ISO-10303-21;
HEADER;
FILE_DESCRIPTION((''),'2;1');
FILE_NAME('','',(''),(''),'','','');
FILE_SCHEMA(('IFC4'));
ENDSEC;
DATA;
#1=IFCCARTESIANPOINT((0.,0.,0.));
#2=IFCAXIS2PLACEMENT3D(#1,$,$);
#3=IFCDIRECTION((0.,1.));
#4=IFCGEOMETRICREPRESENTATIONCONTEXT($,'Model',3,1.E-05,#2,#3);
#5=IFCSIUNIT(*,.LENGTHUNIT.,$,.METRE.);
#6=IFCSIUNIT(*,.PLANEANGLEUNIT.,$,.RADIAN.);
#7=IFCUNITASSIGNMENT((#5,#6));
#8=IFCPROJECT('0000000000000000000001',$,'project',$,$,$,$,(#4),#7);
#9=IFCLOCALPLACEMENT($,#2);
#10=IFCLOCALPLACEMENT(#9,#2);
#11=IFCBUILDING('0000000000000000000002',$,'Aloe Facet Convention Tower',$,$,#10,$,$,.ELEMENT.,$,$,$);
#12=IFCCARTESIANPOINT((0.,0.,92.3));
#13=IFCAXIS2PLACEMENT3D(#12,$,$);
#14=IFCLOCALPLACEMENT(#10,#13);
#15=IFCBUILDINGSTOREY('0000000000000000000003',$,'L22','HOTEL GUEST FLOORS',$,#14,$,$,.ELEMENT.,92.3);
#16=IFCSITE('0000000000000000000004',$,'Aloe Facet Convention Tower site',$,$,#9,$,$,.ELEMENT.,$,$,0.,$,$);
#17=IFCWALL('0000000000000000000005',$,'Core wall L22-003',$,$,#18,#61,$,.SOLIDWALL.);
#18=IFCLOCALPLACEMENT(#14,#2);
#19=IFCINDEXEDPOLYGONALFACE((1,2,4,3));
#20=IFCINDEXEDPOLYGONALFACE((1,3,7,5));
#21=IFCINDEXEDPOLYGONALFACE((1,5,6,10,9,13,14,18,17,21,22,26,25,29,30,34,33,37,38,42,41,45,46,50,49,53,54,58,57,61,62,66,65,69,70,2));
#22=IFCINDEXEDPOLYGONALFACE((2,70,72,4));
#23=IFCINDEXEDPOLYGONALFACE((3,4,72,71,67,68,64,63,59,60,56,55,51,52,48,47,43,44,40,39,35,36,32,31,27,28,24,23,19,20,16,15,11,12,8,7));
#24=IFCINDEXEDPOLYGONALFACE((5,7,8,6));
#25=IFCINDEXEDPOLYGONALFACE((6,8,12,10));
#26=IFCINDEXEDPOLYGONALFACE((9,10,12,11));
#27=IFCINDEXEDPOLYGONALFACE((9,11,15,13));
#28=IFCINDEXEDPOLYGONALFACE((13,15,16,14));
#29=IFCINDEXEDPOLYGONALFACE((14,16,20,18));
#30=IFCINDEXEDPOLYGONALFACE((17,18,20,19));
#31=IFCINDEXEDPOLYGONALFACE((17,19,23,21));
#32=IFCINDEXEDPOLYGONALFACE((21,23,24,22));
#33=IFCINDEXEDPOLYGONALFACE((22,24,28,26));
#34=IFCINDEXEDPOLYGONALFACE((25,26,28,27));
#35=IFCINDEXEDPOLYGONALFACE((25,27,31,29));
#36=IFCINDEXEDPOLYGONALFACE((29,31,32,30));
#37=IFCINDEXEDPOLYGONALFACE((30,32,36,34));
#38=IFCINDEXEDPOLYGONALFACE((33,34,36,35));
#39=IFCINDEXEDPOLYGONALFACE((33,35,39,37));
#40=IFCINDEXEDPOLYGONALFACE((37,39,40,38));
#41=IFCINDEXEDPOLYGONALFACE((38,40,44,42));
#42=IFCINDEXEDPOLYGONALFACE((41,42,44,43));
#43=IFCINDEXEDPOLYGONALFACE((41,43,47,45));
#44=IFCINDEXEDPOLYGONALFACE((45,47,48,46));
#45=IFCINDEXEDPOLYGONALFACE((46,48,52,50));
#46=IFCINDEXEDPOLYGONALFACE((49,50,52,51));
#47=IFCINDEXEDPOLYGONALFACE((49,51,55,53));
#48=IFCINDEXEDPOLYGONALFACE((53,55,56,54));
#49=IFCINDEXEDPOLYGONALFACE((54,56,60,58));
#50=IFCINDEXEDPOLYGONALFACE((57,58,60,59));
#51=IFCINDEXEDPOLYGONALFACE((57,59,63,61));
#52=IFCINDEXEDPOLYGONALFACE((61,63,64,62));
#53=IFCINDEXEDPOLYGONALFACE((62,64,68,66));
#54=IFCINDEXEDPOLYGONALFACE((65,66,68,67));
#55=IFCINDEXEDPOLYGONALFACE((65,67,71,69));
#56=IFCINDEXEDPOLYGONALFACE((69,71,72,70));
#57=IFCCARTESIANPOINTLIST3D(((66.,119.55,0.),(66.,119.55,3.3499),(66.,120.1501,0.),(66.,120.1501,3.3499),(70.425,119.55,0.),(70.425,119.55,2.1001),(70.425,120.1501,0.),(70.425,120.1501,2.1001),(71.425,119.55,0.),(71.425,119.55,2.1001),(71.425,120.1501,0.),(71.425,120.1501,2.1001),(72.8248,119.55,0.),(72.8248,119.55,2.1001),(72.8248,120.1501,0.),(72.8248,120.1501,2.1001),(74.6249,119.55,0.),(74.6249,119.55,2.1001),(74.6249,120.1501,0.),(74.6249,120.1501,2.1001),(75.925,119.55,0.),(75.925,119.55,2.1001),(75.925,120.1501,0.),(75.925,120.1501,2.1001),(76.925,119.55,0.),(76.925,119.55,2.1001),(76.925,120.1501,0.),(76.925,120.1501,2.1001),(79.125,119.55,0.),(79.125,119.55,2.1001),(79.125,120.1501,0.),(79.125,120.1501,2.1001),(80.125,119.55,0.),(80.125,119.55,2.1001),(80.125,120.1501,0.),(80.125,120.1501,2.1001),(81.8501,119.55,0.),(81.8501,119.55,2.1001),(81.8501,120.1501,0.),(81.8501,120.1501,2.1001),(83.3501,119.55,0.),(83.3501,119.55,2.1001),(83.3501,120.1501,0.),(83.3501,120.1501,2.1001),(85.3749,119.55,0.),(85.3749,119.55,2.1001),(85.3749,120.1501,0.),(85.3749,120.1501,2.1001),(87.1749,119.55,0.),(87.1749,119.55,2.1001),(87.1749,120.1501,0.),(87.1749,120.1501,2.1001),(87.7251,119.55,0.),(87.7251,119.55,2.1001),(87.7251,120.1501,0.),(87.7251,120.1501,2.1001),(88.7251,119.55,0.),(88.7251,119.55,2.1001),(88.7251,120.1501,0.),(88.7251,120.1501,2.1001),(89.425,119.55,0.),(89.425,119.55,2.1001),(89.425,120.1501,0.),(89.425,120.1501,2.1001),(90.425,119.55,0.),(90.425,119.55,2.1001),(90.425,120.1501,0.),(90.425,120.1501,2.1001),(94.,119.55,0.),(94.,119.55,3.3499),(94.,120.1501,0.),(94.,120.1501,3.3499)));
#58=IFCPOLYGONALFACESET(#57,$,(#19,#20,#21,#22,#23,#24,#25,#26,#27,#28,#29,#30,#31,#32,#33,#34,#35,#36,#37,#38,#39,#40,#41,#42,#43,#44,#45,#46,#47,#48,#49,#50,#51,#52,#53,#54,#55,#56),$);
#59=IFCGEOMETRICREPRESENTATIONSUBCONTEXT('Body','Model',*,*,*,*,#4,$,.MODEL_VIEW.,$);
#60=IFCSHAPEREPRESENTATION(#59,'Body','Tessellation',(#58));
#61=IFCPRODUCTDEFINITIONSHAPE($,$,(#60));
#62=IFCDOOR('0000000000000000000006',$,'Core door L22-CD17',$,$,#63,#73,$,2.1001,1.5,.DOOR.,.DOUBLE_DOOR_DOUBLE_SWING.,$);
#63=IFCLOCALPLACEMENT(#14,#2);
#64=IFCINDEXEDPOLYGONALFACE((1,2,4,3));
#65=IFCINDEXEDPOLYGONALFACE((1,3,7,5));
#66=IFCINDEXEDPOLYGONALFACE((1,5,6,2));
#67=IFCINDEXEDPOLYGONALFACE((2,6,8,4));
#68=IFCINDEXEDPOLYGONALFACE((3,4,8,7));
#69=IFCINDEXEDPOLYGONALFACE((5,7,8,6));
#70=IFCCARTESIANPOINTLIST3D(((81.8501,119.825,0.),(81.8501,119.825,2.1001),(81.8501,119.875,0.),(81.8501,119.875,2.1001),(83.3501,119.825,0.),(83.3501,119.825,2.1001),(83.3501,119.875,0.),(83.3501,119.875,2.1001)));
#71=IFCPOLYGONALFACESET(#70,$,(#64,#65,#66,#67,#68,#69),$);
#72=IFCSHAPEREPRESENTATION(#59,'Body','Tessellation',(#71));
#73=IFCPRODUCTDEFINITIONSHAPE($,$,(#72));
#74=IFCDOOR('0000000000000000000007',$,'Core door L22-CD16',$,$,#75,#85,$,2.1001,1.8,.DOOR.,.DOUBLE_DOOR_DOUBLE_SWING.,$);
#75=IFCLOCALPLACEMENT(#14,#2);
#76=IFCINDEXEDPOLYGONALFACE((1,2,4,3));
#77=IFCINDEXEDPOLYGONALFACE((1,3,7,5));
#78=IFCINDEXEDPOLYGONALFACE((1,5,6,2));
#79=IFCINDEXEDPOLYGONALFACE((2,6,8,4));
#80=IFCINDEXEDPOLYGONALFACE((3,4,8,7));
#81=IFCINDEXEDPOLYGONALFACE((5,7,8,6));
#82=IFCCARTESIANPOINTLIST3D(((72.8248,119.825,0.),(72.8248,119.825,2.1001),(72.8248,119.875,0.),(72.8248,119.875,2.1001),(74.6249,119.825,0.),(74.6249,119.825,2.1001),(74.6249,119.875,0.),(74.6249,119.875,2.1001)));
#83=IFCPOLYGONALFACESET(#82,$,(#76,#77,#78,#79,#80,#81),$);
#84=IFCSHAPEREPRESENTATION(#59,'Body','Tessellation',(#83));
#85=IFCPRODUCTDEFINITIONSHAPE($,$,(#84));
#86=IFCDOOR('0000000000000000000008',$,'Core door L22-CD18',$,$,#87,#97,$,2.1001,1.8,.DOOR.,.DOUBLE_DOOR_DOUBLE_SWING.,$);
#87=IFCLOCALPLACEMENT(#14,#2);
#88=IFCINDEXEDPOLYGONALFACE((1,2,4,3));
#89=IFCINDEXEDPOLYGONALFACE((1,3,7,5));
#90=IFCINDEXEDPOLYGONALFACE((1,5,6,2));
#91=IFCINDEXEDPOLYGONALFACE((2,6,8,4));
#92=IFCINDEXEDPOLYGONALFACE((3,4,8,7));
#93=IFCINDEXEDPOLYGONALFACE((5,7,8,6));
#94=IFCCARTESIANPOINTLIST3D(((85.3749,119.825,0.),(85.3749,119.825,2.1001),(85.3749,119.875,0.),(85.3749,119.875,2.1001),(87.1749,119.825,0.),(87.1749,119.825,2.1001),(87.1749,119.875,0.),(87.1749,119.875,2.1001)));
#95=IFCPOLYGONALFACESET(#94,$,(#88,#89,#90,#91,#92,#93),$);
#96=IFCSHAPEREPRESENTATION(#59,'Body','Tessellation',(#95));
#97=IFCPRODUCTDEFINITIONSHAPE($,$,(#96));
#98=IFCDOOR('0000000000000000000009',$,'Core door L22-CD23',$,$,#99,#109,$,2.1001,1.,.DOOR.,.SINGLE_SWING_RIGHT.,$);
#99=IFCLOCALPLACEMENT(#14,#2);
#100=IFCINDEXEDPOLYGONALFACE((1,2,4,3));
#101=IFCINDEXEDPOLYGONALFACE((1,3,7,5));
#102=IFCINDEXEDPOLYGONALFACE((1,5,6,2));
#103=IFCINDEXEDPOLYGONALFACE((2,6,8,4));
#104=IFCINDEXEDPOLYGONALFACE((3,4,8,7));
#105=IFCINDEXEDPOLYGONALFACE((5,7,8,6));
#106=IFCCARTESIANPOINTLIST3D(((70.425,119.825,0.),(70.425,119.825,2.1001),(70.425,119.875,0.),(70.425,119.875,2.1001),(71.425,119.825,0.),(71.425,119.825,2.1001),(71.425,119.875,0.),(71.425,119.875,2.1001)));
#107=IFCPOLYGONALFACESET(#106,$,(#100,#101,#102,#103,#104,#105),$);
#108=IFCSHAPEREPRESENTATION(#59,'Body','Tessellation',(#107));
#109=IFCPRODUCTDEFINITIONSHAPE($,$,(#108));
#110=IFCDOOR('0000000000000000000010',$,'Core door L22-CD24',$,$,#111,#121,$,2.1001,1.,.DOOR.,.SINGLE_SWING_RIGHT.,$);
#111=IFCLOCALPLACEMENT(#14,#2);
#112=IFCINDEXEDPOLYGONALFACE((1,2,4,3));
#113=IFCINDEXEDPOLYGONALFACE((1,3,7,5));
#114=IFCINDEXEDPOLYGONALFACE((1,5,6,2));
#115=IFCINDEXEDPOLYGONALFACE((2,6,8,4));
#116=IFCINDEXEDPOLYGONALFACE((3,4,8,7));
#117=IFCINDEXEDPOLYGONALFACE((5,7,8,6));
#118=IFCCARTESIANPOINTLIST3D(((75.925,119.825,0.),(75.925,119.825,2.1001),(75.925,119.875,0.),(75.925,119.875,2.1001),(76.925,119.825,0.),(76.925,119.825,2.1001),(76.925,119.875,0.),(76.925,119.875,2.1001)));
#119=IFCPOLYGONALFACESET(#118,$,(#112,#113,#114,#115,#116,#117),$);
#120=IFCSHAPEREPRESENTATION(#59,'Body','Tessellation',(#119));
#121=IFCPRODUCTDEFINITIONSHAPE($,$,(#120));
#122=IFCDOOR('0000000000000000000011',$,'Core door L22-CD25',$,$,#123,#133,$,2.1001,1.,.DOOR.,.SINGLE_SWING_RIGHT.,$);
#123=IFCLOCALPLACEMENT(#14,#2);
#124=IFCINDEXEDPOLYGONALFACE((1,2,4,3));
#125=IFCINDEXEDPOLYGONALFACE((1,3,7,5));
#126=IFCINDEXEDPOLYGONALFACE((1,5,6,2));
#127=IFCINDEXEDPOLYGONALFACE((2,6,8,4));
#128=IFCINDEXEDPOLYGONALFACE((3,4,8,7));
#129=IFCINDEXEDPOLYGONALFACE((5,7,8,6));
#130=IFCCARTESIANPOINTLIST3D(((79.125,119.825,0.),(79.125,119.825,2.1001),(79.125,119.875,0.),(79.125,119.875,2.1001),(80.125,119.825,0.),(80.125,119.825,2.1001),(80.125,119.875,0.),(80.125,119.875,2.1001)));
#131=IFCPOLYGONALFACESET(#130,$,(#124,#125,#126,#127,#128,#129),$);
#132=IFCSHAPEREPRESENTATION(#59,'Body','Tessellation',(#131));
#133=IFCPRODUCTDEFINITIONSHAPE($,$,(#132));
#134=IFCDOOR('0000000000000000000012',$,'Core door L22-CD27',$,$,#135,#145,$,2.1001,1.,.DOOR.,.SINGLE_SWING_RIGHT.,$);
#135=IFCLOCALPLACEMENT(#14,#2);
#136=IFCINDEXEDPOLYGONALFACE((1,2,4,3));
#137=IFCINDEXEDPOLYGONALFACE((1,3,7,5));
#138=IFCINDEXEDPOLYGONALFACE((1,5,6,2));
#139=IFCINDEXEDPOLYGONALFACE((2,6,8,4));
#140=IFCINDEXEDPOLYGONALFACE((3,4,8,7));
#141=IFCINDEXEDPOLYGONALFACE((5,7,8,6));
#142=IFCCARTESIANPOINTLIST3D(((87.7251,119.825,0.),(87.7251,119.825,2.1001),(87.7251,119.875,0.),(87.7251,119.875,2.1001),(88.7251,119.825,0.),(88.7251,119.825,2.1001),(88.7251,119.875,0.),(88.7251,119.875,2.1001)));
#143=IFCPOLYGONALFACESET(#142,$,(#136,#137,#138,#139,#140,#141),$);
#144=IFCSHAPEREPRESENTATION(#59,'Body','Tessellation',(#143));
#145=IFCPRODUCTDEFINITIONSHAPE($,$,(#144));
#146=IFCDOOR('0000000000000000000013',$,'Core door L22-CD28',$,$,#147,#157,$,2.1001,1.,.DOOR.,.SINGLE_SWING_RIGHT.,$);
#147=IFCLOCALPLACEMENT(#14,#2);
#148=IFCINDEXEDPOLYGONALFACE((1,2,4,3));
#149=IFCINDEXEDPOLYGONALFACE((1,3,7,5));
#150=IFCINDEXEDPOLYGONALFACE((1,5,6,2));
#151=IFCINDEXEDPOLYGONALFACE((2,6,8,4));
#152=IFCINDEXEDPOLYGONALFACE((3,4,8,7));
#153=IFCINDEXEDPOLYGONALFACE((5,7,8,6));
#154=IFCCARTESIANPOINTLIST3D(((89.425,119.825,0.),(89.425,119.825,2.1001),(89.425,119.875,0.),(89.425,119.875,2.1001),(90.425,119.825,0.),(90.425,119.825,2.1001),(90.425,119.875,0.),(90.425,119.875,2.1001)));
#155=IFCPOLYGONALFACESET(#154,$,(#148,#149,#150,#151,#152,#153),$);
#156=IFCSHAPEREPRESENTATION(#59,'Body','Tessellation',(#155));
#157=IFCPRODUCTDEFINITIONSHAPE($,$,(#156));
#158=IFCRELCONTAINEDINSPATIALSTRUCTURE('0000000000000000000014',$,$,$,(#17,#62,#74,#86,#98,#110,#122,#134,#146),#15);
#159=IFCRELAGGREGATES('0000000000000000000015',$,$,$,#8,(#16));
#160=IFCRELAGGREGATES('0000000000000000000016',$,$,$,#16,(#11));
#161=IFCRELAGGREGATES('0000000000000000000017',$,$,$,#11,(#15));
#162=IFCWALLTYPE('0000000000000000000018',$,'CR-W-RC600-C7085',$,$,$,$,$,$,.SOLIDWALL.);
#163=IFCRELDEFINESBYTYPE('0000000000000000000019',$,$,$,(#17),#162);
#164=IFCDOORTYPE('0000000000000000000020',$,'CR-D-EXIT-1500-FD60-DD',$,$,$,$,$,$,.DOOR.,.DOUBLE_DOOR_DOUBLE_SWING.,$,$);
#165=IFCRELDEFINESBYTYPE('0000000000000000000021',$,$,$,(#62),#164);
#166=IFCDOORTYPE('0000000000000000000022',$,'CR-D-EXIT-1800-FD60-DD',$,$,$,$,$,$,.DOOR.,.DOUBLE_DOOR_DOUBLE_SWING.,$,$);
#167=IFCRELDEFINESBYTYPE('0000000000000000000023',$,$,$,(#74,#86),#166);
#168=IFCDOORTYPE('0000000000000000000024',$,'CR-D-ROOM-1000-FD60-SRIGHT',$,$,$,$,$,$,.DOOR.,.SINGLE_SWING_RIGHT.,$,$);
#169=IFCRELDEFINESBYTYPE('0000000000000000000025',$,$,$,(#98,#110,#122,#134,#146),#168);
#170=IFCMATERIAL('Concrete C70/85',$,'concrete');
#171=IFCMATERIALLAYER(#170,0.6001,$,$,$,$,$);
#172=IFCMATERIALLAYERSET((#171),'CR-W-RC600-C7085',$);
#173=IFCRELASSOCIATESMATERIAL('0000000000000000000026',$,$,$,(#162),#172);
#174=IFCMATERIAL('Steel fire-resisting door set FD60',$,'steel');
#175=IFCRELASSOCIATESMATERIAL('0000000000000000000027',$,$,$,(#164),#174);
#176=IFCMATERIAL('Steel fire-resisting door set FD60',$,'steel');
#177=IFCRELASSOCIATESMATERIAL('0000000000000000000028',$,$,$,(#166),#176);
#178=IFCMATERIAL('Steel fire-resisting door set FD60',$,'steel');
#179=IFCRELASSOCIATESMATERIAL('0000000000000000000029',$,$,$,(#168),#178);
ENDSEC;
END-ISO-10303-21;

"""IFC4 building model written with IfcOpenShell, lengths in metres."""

from ifc_helpers import new_model, si_unit, direction, frame, frame_2d, origin, place, context, subcontext, project, spatial, rectangle, extrude, material, layer, layer_set, type_object, element, fill, save


model = new_model("IFC4")

# Units and contexts
model_context = context("Model", 3, precision=1e-05, world=origin(), true_north=direction((0.0, 1.0)))
body_context = subcontext(model_context, "Body", "Model", "MODEL_VIEW")
ifc_project = project(units=[si_unit("LENGTHUNIT", "METRE"), si_unit("PLANEANGLEUNIT", "RADIAN")], contexts=[model_context])

# Site, building, storey
site_placement = place(None, origin())
site = spatial("IfcSite", under=ifc_project, at=site_placement, Name="Aloe Facet Convention Tower site", CompositionType="ELEMENT", RefElevation=0.0)
building_placement = place(site_placement, origin())
building = spatial("IfcBuilding", under=site, at=building_placement, Name="Aloe Facet Convention Tower", CompositionType="ELEMENT")
storey_placement = place(building_placement, frame((0.0, 0.0, 92.3)))
storey = spatial("IfcBuildingStorey", under=building, at=storey_placement, Name="L22", Description="HOTEL GUEST FLOORS", CompositionType="ELEMENT", Elevation=92.3)

# Wall, openings, doors
ifc_material_1 = material(Name="Concrete C70/85", Category="concrete")
ifc_layer_1 = layer(ifc_material_1, 0.6001)
ifc_layer_set_1 = layer_set([ifc_layer_1], Name="CR-W-RC600-C7085")
wall_type_1 = type_object("IfcWallType", Name="CR-W-RC600-C7085", PredefinedType="SOLIDWALL", material=ifc_layer_set_1)
wall_1_placement = place(storey_placement, frame((66.0, 119.8501, 0.0), z_axis=(0.0, 0.0, 1.0), x_axis=(1.0, 0.0, 0.0)))
wall_1 = element("IfcWall", 1, at=wall_1_placement, inside=storey, type_object=wall_type_1, Name="Core wall L22-003", PredefinedType="SOLIDWALL", context=body_context, shape_type="SweptSolid", body=[
    extrude(rectangle(XDim=28.0, YDim=0.6001, at=frame_2d((14.0, 0.0))), origin(), (0.0, 0.0, 1.0), 3.3499),
])
opening_1_placement = place(wall_1_placement, frame((6.825, 0.0, 0.0)))
opening_1 = element("IfcOpeningElement", 2, at=opening_1_placement, cuts=wall_1, PredefinedType="OPENING", context=body_context, shape_type="SweptSolid", body=[
    extrude(rectangle(XDim=1.8, YDim=2.1001, at=frame_2d((0.8999, 1.05))), frame((0.0, 0.3101, 0.0), z_axis=(0.0, -1.0, 0.0), x_axis=(1.0, 0.0, 0.0)), (0.0, 0.0, 1.0), 0.6201),
])
opening_2_placement = place(wall_1_placement, frame((15.8501, 0.0, 0.0)))
opening_2 = element("IfcOpeningElement", 3, at=opening_2_placement, cuts=wall_1, PredefinedType="OPENING", context=body_context, shape_type="SweptSolid", body=[
    extrude(rectangle(XDim=1.5, YDim=2.1001, at=frame_2d((0.75, 1.05))), frame((0.0, 0.3101, 0.0), z_axis=(0.0, -1.0, 0.0), x_axis=(1.0, 0.0, 0.0)), (0.0, 0.0, 1.0), 0.6201),
])
opening_3_placement = place(wall_1_placement, frame((19.375, 0.0, 0.0)))
opening_3 = element("IfcOpeningElement", 4, at=opening_3_placement, cuts=wall_1, PredefinedType="OPENING", context=body_context, shape_type="SweptSolid", body=[
    extrude(rectangle(XDim=1.8, YDim=2.1001, at=frame_2d((0.8999, 1.05))), frame((0.0, 0.3101, 0.0), z_axis=(0.0, -1.0, 0.0), x_axis=(1.0, 0.0, 0.0)), (0.0, 0.0, 1.0), 0.6201),
])
opening_4_placement = place(wall_1_placement, frame((4.425, 0.0, 0.0)))
opening_4 = element("IfcOpeningElement", 5, at=opening_4_placement, cuts=wall_1, PredefinedType="OPENING", context=body_context, shape_type="SweptSolid", body=[
    extrude(rectangle(XDim=1.0, YDim=2.1001, at=frame_2d((0.5, 1.05))), frame((0.0, 0.3101, 0.0), z_axis=(0.0, -1.0, 0.0), x_axis=(1.0, 0.0, 0.0)), (0.0, 0.0, 1.0), 0.6201),
])
opening_5_placement = place(wall_1_placement, frame((9.925, 0.0, 0.0)))
opening_5 = element("IfcOpeningElement", 6, at=opening_5_placement, cuts=wall_1, PredefinedType="OPENING", context=body_context, shape_type="SweptSolid", body=[
    extrude(rectangle(XDim=1.0, YDim=2.1001, at=frame_2d((0.5, 1.05))), frame((0.0, 0.3101, 0.0), z_axis=(0.0, -1.0, 0.0), x_axis=(1.0, 0.0, 0.0)), (0.0, 0.0, 1.0), 0.6201),
])
opening_6_placement = place(wall_1_placement, frame((13.125, 0.0, 0.0)))
opening_6 = element("IfcOpeningElement", 7, at=opening_6_placement, cuts=wall_1, PredefinedType="OPENING", context=body_context, shape_type="SweptSolid", body=[
    extrude(rectangle(XDim=1.0, YDim=2.1001, at=frame_2d((0.5, 1.05))), frame((0.0, 0.3101, 0.0), z_axis=(0.0, -1.0, 0.0), x_axis=(1.0, 0.0, 0.0)), (0.0, 0.0, 1.0), 0.6201),
])
opening_7_placement = place(wall_1_placement, frame((21.7251, 0.0, 0.0)))
opening_7 = element("IfcOpeningElement", 8, at=opening_7_placement, cuts=wall_1, PredefinedType="OPENING", context=body_context, shape_type="SweptSolid", body=[
    extrude(rectangle(XDim=1.0, YDim=2.1001, at=frame_2d((0.5, 1.05))), frame((0.0, 0.3101, 0.0), z_axis=(0.0, -1.0, 0.0), x_axis=(1.0, 0.0, 0.0)), (0.0, 0.0, 1.0), 0.6201),
])
opening_8_placement = place(wall_1_placement, frame((23.425, 0.0, 0.0)))
opening_8 = element("IfcOpeningElement", 9, at=opening_8_placement, cuts=wall_1, PredefinedType="OPENING", context=body_context, shape_type="SweptSolid", body=[
    extrude(rectangle(XDim=1.0, YDim=2.1001, at=frame_2d((0.5, 1.05))), frame((0.0, 0.3101, 0.0), z_axis=(0.0, -1.0, 0.0), x_axis=(1.0, 0.0, 0.0)), (0.0, 0.0, 1.0), 0.6201),
])
ifc_material_2 = material(Name="Steel fire-resisting door set FD60", Category="steel")
door_type_1 = type_object("IfcDoorType", Name="CR-D-EXIT-1500-FD60-DD", OperationType="DOUBLE_DOOR_DOUBLE_SWING", PredefinedType="DOOR", material=ifc_material_2)
door_1_placement = place(opening_2_placement, origin())
door_1 = element("IfcDoor", 10, at=door_1_placement, inside=storey, type_object=door_type_1, Name="Core door L22-CD17", OperationType="DOUBLE_DOOR_DOUBLE_SWING", OverallHeight=2.1001, OverallWidth=1.5, PredefinedType="DOOR", context=body_context, shape_type="SweptSolid", body=[
    extrude(rectangle(XDim=1.5, YDim=2.1001, at=frame_2d((0.75, 1.05))), frame((0.0, 0.0249, 0.0), z_axis=(0.0, -1.0, 0.0), x_axis=(1.0, 0.0, 0.0)), (0.0, 0.0, 1.0), 0.05),
])
fill(opening_2, door_1)
ifc_material_3 = material(Name="Steel fire-resisting door set FD60", Category="steel")
door_type_2 = type_object("IfcDoorType", Name="CR-D-EXIT-1800-FD60-DD", OperationType="DOUBLE_DOOR_DOUBLE_SWING", PredefinedType="DOOR", material=ifc_material_3)
door_2_placement = place(opening_1_placement, origin())
door_2 = element("IfcDoor", 11, at=door_2_placement, inside=storey, type_object=door_type_2, Name="Core door L22-CD16", OperationType="DOUBLE_DOOR_DOUBLE_SWING", OverallHeight=2.1001, OverallWidth=1.8, PredefinedType="DOOR", context=body_context, shape_type="SweptSolid", body=[
    extrude(rectangle(XDim=1.8, YDim=2.1001, at=frame_2d((0.8999, 1.05))), frame((0.0, 0.0249, 0.0), z_axis=(0.0, -1.0, 0.0), x_axis=(1.0, 0.0, 0.0)), (0.0, 0.0, 1.0), 0.05),
])
fill(opening_1, door_2)
door_3_placement = place(opening_3_placement, origin())
door_3 = element("IfcDoor", 12, at=door_3_placement, inside=storey, type_object=door_type_2, Name="Core door L22-CD18", OperationType="DOUBLE_DOOR_DOUBLE_SWING", OverallHeight=2.1001, OverallWidth=1.8, PredefinedType="DOOR", context=body_context, shape_type="SweptSolid", body=[
    extrude(rectangle(XDim=1.8, YDim=2.1001, at=frame_2d((0.8999, 1.05))), frame((0.0, 0.0249, 0.0), z_axis=(0.0, -1.0, 0.0), x_axis=(1.0, 0.0, 0.0)), (0.0, 0.0, 1.0), 0.05),
])
fill(opening_3, door_3)
ifc_material_4 = material(Name="Steel fire-resisting door set FD60", Category="steel")
door_type_3 = type_object("IfcDoorType", Name="CR-D-ROOM-1000-FD60-SRIGHT", OperationType="SINGLE_SWING_RIGHT", PredefinedType="DOOR", material=ifc_material_4)
door_4_placement = place(opening_4_placement, origin())
door_4 = element("IfcDoor", 13, at=door_4_placement, inside=storey, type_object=door_type_3, Name="Core door L22-CD23", OperationType="SINGLE_SWING_RIGHT", OverallHeight=2.1001, OverallWidth=1.0, PredefinedType="DOOR", context=body_context, shape_type="SweptSolid", body=[
    extrude(rectangle(XDim=1.0, YDim=2.1001, at=frame_2d((0.5, 1.05))), frame((0.0, 0.0249, 0.0), z_axis=(0.0, -1.0, 0.0), x_axis=(1.0, 0.0, 0.0)), (0.0, 0.0, 1.0), 0.05),
])
fill(opening_4, door_4)
door_5_placement = place(opening_5_placement, origin())
door_5 = element("IfcDoor", 14, at=door_5_placement, inside=storey, type_object=door_type_3, Name="Core door L22-CD24", OperationType="SINGLE_SWING_RIGHT", OverallHeight=2.1001, OverallWidth=1.0, PredefinedType="DOOR", context=body_context, shape_type="SweptSolid", body=[
    extrude(rectangle(XDim=1.0, YDim=2.1001, at=frame_2d((0.5, 1.05))), frame((0.0, 0.0249, 0.0), z_axis=(0.0, -1.0, 0.0), x_axis=(1.0, 0.0, 0.0)), (0.0, 0.0, 1.0), 0.05),
])
fill(opening_5, door_5)
door_6_placement = place(opening_6_placement, origin())
door_6 = element("IfcDoor", 15, at=door_6_placement, inside=storey, type_object=door_type_3, Name="Core door L22-CD25", OperationType="SINGLE_SWING_RIGHT", OverallHeight=2.1001, OverallWidth=1.0, PredefinedType="DOOR", context=body_context, shape_type="SweptSolid", body=[
    extrude(rectangle(XDim=1.0, YDim=2.1001, at=frame_2d((0.5, 1.05))), frame((0.0, 0.0249, 0.0), z_axis=(0.0, -1.0, 0.0), x_axis=(1.0, 0.0, 0.0)), (0.0, 0.0, 1.0), 0.05),
])
fill(opening_6, door_6)
door_7_placement = place(opening_7_placement, origin())
door_7 = element("IfcDoor", 16, at=door_7_placement, inside=storey, type_object=door_type_3, Name="Core door L22-CD27", OperationType="SINGLE_SWING_RIGHT", OverallHeight=2.1001, OverallWidth=1.0, PredefinedType="DOOR", context=body_context, shape_type="SweptSolid", body=[
    extrude(rectangle(XDim=1.0, YDim=2.1001, at=frame_2d((0.5, 1.05))), frame((0.0, 0.0249, 0.0), z_axis=(0.0, -1.0, 0.0), x_axis=(1.0, 0.0, 0.0)), (0.0, 0.0, 1.0), 0.05),
])
fill(opening_7, door_7)
door_8_placement = place(opening_8_placement, origin())
door_8 = element("IfcDoor", 17, at=door_8_placement, inside=storey, type_object=door_type_3, Name="Core door L22-CD28", OperationType="SINGLE_SWING_RIGHT", OverallHeight=2.1001, OverallWidth=1.0, PredefinedType="DOOR", context=body_context, shape_type="SweptSolid", body=[
    extrude(rectangle(XDim=1.0, YDim=2.1001, at=frame_2d((0.5, 1.05))), frame((0.0, 0.0249, 0.0), z_axis=(0.0, -1.0, 0.0), x_axis=(1.0, 0.0, 0.0)), (0.0, 0.0, 1.0), 0.05),
])
fill(opening_8, door_8)

save(model, "model.ifc")
